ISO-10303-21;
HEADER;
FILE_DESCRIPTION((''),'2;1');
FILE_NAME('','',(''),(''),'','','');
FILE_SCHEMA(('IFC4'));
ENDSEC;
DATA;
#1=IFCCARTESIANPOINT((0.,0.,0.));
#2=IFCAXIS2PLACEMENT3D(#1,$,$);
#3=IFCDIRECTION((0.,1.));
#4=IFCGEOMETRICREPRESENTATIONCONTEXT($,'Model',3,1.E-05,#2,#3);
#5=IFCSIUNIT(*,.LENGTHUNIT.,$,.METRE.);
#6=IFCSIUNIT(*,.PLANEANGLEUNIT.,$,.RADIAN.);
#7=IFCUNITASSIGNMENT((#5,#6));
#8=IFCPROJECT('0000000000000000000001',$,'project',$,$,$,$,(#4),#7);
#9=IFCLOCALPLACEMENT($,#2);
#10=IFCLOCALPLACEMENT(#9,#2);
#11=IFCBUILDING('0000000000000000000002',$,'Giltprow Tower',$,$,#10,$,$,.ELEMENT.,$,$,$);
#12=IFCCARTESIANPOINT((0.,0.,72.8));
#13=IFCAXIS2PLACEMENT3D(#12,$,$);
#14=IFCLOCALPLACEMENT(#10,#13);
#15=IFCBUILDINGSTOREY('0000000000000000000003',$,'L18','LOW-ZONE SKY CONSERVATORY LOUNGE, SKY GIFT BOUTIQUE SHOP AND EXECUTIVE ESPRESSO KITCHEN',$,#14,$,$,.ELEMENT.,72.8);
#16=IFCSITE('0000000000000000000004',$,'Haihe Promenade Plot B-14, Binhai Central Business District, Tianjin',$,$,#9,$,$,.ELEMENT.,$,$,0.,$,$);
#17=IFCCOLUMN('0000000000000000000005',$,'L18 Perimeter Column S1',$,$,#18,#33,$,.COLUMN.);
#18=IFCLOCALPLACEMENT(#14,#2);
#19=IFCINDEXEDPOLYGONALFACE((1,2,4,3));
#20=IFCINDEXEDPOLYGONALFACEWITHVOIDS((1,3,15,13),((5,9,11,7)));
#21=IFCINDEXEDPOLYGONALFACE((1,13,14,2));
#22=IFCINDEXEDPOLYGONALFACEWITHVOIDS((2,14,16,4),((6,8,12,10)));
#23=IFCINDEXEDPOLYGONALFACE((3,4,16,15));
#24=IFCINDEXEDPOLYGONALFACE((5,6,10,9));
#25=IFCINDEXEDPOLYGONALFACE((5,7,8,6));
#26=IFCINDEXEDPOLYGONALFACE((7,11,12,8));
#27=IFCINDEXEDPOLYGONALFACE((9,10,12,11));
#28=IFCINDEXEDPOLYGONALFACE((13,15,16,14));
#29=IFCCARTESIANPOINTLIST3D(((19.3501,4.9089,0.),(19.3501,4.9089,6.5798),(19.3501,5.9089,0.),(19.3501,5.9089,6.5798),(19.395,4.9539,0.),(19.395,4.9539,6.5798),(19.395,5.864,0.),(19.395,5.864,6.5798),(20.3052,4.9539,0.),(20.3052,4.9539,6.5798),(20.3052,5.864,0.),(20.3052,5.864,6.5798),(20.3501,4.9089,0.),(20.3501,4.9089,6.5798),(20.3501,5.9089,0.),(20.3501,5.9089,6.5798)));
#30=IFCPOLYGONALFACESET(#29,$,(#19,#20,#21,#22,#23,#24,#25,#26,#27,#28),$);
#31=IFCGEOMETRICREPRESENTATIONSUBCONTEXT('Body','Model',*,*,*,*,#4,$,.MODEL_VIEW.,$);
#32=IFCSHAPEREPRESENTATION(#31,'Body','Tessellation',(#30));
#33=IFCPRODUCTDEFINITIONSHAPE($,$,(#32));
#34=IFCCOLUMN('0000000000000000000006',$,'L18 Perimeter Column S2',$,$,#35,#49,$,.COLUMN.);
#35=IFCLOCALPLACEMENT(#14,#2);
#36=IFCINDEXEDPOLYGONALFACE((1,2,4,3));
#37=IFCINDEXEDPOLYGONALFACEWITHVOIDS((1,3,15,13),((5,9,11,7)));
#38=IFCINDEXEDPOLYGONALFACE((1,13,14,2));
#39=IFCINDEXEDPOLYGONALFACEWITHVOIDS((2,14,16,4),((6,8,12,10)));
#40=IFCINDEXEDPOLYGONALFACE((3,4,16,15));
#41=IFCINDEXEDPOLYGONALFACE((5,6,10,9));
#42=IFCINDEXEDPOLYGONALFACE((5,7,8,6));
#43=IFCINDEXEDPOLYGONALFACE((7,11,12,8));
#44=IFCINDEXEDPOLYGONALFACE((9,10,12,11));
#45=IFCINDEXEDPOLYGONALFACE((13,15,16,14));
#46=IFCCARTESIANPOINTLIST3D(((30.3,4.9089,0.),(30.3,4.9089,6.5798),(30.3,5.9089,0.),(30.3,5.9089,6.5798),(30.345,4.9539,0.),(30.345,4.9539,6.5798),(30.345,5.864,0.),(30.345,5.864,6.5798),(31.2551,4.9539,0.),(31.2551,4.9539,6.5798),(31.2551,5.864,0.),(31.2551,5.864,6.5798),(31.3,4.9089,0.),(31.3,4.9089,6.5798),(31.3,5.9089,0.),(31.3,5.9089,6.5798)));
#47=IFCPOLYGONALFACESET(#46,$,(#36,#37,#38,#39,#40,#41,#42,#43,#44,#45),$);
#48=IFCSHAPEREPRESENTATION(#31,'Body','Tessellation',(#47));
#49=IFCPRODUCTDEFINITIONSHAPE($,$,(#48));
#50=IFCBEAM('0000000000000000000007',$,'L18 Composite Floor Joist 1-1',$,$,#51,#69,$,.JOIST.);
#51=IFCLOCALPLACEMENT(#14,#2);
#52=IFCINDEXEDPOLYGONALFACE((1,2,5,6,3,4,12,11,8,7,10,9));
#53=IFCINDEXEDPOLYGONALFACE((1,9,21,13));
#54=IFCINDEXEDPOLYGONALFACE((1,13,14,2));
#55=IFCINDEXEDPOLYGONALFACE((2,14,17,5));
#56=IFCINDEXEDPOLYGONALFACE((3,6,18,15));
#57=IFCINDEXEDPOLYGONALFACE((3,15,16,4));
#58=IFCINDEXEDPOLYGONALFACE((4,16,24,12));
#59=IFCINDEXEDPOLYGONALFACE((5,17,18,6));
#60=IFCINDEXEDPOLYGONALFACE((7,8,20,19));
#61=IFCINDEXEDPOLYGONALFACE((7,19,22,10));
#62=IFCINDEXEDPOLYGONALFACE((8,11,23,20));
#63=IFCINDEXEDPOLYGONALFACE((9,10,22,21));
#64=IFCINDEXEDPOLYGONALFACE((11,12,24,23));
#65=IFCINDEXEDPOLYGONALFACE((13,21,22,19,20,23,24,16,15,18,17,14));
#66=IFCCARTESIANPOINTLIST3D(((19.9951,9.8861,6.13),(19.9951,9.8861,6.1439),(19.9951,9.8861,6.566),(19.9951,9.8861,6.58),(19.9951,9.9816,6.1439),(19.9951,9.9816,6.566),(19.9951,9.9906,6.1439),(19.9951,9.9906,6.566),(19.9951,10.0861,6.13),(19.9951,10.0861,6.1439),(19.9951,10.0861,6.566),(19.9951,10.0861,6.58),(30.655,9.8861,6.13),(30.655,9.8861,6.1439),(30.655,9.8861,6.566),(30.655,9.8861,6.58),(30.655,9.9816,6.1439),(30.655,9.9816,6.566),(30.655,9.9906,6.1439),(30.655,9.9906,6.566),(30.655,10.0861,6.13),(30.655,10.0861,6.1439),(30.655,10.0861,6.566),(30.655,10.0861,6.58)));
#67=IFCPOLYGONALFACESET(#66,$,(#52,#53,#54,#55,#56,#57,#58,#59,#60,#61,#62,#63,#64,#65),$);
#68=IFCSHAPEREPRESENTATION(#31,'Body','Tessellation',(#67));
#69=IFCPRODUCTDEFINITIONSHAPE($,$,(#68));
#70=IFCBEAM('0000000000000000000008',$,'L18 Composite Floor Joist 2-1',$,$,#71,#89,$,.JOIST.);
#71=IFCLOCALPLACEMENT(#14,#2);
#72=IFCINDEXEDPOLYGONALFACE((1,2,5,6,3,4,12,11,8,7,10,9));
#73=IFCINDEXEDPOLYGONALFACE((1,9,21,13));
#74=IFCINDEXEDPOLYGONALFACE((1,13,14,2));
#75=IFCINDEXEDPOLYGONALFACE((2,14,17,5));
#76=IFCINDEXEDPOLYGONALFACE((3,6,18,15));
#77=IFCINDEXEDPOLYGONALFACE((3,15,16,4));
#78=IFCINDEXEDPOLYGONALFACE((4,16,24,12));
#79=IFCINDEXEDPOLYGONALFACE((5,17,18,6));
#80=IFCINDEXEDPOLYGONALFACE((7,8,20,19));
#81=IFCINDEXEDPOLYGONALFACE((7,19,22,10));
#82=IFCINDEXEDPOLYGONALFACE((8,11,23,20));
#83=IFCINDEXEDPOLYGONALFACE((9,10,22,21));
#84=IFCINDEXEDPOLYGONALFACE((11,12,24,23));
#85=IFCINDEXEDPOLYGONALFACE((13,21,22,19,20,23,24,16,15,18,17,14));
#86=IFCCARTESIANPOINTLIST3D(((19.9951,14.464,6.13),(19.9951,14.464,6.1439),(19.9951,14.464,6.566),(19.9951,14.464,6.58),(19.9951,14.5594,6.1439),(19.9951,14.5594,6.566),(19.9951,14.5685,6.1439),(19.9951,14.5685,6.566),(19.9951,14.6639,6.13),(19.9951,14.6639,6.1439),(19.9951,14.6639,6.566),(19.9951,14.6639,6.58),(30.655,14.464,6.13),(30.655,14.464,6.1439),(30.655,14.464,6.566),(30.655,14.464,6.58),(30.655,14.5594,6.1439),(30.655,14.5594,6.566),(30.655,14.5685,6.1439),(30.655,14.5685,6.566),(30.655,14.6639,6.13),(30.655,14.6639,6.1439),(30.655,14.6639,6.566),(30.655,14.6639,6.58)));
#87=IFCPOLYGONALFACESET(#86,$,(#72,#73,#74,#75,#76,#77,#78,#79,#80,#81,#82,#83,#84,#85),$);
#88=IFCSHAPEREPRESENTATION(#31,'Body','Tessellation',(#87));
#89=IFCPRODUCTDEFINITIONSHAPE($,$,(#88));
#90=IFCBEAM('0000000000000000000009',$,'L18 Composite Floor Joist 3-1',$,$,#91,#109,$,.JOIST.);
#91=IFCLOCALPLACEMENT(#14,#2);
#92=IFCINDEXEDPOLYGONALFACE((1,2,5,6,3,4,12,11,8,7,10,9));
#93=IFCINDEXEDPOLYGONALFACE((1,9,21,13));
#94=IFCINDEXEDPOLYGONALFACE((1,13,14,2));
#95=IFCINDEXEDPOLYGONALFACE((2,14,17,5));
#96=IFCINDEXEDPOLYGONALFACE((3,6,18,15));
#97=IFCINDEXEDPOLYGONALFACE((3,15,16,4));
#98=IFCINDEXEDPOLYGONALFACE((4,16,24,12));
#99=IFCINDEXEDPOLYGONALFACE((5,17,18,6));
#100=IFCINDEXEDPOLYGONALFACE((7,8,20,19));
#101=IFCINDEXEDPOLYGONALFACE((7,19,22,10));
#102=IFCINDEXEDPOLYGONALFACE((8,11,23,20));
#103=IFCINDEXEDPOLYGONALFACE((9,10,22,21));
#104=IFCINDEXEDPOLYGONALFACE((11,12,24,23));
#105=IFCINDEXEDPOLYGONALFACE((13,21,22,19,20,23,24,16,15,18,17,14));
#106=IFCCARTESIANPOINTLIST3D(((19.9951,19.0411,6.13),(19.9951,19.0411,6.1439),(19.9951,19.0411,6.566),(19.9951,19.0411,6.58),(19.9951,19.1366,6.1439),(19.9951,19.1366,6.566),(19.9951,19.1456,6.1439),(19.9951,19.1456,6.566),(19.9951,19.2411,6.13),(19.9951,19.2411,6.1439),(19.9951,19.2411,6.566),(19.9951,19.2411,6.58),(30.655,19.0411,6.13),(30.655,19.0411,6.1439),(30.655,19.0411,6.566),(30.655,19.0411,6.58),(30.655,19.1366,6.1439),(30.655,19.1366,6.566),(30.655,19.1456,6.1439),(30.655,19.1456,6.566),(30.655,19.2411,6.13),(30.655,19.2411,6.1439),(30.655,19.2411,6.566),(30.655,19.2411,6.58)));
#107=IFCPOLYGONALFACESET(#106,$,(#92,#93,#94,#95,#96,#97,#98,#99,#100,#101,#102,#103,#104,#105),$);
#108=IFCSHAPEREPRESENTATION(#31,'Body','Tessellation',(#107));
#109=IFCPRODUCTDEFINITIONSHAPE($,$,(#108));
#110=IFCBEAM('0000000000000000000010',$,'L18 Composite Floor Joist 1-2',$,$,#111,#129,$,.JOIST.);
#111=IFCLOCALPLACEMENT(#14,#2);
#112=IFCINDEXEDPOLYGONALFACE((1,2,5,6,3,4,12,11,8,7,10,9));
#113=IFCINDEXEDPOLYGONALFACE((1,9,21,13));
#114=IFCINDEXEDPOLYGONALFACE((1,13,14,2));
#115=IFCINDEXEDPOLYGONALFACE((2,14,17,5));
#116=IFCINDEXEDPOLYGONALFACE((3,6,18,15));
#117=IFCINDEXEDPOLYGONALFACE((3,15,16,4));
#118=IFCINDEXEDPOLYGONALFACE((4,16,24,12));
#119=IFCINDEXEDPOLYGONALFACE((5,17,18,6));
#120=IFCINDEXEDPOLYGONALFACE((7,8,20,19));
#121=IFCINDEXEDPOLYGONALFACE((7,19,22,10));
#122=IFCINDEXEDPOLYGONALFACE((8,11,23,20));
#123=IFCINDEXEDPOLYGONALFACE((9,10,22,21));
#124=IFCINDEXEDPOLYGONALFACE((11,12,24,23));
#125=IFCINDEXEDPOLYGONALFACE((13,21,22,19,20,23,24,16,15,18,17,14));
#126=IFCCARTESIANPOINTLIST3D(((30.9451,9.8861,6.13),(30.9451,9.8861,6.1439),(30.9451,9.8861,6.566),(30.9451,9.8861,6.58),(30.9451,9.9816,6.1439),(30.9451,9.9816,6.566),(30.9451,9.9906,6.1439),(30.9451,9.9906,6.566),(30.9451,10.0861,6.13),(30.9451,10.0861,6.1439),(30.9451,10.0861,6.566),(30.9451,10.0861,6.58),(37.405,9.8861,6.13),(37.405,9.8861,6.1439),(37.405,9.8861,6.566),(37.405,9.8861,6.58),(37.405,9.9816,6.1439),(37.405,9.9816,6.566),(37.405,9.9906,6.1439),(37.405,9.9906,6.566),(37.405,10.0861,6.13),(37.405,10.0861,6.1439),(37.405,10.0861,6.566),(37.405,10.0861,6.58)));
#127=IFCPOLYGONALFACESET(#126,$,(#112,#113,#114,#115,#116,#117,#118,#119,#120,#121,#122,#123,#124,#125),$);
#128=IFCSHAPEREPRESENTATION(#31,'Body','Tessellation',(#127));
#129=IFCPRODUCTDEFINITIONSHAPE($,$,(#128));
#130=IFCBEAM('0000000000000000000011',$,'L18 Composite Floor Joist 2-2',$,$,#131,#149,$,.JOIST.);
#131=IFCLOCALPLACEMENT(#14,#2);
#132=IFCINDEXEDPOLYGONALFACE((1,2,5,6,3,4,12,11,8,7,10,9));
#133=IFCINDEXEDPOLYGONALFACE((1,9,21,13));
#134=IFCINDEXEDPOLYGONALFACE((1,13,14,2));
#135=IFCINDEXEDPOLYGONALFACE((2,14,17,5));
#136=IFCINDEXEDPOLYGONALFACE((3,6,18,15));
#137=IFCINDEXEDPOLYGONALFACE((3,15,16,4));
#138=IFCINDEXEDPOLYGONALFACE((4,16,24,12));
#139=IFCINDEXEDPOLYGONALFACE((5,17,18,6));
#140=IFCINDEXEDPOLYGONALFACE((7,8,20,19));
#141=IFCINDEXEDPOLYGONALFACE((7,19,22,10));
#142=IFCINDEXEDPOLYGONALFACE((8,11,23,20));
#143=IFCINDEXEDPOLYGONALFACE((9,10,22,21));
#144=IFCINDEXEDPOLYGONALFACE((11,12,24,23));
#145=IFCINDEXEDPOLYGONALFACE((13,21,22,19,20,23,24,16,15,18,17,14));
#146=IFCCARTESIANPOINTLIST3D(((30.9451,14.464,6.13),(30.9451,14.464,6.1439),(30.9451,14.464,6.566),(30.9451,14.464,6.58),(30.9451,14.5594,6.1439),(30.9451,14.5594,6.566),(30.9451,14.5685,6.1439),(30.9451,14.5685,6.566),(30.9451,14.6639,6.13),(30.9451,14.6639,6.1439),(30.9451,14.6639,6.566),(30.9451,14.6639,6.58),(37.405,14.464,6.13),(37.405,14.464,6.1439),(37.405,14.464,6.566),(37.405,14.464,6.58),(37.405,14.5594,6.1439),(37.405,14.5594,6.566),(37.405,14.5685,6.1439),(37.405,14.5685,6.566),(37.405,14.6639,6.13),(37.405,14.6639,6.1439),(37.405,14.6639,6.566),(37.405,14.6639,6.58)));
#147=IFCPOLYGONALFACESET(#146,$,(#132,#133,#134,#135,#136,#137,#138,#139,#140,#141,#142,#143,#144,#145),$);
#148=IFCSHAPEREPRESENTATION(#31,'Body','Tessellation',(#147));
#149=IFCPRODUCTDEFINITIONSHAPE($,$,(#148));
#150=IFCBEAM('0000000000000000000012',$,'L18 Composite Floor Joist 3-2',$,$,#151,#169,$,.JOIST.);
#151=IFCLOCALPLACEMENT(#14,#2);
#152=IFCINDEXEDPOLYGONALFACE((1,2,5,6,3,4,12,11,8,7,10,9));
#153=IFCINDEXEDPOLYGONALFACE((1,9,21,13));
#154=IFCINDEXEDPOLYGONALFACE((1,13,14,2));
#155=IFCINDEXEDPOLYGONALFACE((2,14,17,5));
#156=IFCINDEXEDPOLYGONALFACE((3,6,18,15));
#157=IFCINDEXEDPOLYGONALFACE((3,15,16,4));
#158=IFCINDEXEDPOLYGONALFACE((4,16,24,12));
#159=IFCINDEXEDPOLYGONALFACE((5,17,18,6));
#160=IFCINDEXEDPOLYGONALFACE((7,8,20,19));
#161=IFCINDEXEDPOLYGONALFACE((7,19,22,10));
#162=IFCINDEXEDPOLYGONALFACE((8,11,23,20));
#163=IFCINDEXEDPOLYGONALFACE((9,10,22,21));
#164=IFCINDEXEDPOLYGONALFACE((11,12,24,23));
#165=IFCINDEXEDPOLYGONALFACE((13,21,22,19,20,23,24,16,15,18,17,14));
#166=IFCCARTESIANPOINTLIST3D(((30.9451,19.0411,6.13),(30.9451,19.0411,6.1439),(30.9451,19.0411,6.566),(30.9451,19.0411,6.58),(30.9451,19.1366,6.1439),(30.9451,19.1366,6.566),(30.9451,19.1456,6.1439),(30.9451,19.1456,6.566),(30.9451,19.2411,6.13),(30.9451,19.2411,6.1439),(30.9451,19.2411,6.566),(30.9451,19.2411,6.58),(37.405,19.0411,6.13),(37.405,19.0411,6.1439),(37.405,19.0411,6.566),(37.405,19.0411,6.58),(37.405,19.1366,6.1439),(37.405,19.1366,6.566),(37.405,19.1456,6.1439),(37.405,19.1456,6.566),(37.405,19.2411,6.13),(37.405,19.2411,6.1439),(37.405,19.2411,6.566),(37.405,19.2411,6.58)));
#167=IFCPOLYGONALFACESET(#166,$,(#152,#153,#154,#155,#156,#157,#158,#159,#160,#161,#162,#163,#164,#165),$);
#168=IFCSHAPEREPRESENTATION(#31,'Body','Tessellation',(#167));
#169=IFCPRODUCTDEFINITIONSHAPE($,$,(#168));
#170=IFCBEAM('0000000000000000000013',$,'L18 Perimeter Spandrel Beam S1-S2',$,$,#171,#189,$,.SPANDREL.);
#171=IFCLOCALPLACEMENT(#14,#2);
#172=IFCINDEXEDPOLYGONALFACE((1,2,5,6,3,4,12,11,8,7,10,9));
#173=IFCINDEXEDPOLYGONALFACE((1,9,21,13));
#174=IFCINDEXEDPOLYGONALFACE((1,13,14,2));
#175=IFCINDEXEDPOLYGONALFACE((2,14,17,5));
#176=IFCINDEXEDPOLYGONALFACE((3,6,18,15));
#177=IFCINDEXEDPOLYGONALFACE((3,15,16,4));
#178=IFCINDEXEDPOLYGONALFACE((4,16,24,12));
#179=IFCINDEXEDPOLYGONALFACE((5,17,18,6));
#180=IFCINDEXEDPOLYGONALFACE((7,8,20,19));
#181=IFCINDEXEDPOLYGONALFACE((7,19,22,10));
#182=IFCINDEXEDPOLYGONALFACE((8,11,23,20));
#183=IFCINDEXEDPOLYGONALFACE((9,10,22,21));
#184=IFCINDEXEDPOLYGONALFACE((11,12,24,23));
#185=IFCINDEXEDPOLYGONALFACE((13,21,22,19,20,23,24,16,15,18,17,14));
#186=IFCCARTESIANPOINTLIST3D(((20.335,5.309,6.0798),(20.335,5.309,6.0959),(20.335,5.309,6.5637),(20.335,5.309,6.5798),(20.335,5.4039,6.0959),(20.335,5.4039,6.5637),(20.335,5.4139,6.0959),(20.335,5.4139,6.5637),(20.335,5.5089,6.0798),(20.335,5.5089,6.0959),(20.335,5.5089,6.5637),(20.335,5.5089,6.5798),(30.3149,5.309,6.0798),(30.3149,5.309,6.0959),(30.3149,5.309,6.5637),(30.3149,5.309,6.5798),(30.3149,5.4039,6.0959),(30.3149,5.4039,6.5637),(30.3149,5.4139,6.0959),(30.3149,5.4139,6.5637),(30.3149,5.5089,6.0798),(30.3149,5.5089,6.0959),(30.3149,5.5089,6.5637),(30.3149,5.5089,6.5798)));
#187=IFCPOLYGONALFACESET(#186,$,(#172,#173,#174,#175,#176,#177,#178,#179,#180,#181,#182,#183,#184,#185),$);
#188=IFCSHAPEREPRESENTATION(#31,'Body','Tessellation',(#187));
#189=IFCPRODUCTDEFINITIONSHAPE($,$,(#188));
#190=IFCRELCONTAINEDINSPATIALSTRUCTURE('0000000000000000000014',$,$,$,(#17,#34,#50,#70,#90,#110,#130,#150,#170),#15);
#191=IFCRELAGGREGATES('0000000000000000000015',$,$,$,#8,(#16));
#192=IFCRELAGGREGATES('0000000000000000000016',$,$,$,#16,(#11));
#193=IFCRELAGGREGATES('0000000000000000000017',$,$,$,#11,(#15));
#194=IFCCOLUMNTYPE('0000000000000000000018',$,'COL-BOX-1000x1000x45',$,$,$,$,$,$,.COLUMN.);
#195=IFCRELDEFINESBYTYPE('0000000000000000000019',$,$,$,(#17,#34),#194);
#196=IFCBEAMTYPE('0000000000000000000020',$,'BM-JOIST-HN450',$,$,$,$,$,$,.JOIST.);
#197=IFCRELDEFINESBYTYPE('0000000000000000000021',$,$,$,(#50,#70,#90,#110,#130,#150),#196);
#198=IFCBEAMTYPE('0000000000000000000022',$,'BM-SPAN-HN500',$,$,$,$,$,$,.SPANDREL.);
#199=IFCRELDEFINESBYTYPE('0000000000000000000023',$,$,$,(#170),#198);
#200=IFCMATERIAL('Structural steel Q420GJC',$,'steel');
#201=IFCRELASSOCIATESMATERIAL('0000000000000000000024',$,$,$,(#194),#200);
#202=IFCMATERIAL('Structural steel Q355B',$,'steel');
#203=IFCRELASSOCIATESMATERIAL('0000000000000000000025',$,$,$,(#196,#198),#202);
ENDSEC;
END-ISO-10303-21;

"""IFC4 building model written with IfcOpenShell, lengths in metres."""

from ifc_helpers import new_model, si_unit, direction, frame, origin, origin_2d, place, context, subcontext, project, spatial, hollow_rectangle, i_section, extrude, source, transform, mapped, material, material_profile, profile_set, type_object, element, save


model = new_model("IFC4")

# Units and contexts
model_context = context("Model", 3, precision=1e-05, world=origin(), true_north=direction((0.0, 1.0)))
body_context = subcontext(model_context, "Body", "Model", "MODEL_VIEW")
ifc_project = project(units=[si_unit("LENGTHUNIT", "METRE"), si_unit("PLANEANGLEUNIT", "RADIAN")], contexts=[model_context])

# Site, building, storey
site_placement = place(None, origin())
site = spatial("IfcSite", under=ifc_project, at=site_placement, Name="Haihe Promenade Plot B-14, Binhai Central Business District, Tianjin", CompositionType="ELEMENT", RefElevation=0.0)
building_placement = place(site_placement, origin())
building = spatial("IfcBuilding", under=site, at=building_placement, Name="Giltprow Tower", CompositionType="ELEMENT")
storey_placement = place(building_placement, frame((0.0, 0.0, 72.8)))
storey = spatial("IfcBuildingStorey", under=building, at=storey_placement, Name="L18", Description="LOW-ZONE SKY CONSERVATORY LOUNGE, SKY GIFT BOUTIQUE SHOP AND EXECUTIVE ESPRESSO KITCHEN", CompositionType="ELEMENT", Elevation=72.8)

# Columns
ifc_material_1 = material(Name="Structural steel Q420GJC", Category="steel")
ifc_material_profile_1 = material_profile(ifc_material_1, hollow_rectangle(XDim=1.0, YDim=1.0, WallThickness=0.0449, at=origin_2d()), Name="BOX 1000x1000x45")
ifc_profile_set_1 = profile_set([ifc_material_profile_1], Name="Structural steel Q420GJC")
column_type = type_object("IfcColumnType", Name="COL-BOX-1000x1000x45", PredefinedType="COLUMN", material=ifc_profile_set_1)
shared_shape_1 = source(origin(), body_context, "Body", "SweptSolid", [
    extrude(hollow_rectangle(XDim=1.0, YDim=1.0, WallThickness=0.0449, at=origin_2d()), origin(), (0.0, 0.0, 1.0), 6.5798),
])
for number, where, z_axis, x_axis, name in (
    (1, (19.8501, 5.4089, 0.0), (0.0, 0.0, 1.0), (1.0, 0.0, 0.0), "L18 Perimeter Column S1"),
    (2, (30.8, 5.4089, 0.0), (0.0, 0.0, 1.0), (1.0, 0.0, 0.0), "L18 Perimeter Column S2"),
):
    element("IfcColumn", number, at=place(storey_placement, frame(where, z_axis=z_axis, x_axis=x_axis)), inside=storey, type_object=column_type, Name=name, PredefinedType="COLUMN", context=body_context, shape_type="MappedRepresentation", body=[
        mapped(shared_shape_1, transform((0.0, 0.0, 0.0), x_axis=(1.0, 0.0, 0.0), y_axis=(0.0, 1.0, 0.0), z_axis=(0.0, 0.0, 1.0), scale=1.0)),
    ])

# Beams
ifc_material_2 = material(Name="Structural steel Q355B", Category="steel")
ifc_material_profile_2 = material_profile(ifc_material_2, i_section(OverallWidth=0.2, OverallDepth=0.45, WebThickness=0.009, FlangeThickness=0.0139, at=origin_2d()), Name="HN 450x200x9x14")
ifc_profile_set_2 = profile_set([ifc_material_profile_2], Name="Structural steel Q355B")
beam_type_1 = type_object("IfcBeamType", Name="BM-JOIST-HN450", PredefinedType="JOIST", material=ifc_profile_set_2)
shared_shape_2 = source(origin(), body_context, "Body", "SweptSolid", [
    extrude(i_section(OverallWidth=0.2, OverallDepth=0.45, WebThickness=0.009, FlangeThickness=0.0139, at=origin_2d()), origin(), (0.0, 0.0, 1.0), 10.6599),
])
for number, where, z_axis, x_axis, name in (
    (3, (19.9951, 9.9861, 6.355), (1.0, 0.0, 0.0), (0.0, 1.0, 0.0), "L18 Composite Floor Joist 1-1"),
    (4, (19.9951, 14.564, 6.355), (1.0, 0.0, 0.0), (0.0, 1.0, 0.0), "L18 Composite Floor Joist 2-1"),
    (5, (19.9951, 19.1411, 6.355), (1.0, 0.0, 0.0), (0.0, 1.0, 0.0), "L18 Composite Floor Joist 3-1"),
):
    element("IfcBeam", number, at=place(storey_placement, frame(where, z_axis=z_axis, x_axis=x_axis)), inside=storey, type_object=beam_type_1, Name=name, PredefinedType="JOIST", context=body_context, shape_type="MappedRepresentation", body=[
        mapped(shared_shape_2, transform((0.0, 0.0, 0.0), x_axis=(1.0, 0.0, 0.0), y_axis=(0.0, 1.0, 0.0), z_axis=(0.0, 0.0, 1.0), scale=1.0)),
    ])
shared_shape_3 = source(origin(), body_context, "Body", "SweptSolid", [
    extrude(i_section(OverallWidth=0.2, OverallDepth=0.45, WebThickness=0.009, FlangeThickness=0.0139, at=origin_2d()), origin(), (0.0, 0.0, 1.0), 6.46),
])
for number, where, z_axis, x_axis, name in (
    (6, (30.9451, 9.9861, 6.355), (1.0, 0.0, 0.0), (0.0, 1.0, 0.0), "L18 Composite Floor Joist 1-2"),
    (7, (30.9451, 14.564, 6.355), (1.0, 0.0, 0.0), (0.0, 1.0, 0.0), "L18 Composite Floor Joist 2-2"),
    (8, (30.9451, 19.1411, 6.355), (1.0, 0.0, 0.0), (0.0, 1.0, 0.0), "L18 Composite Floor Joist 3-2"),
):
    element("IfcBeam", number, at=place(storey_placement, frame(where, z_axis=z_axis, x_axis=x_axis)), inside=storey, type_object=beam_type_1, Name=name, PredefinedType="JOIST", context=body_context, shape_type="MappedRepresentation", body=[
        mapped(shared_shape_3, transform((0.0, 0.0, 0.0), x_axis=(1.0, 0.0, 0.0), y_axis=(0.0, 1.0, 0.0), z_axis=(0.0, 0.0, 1.0), scale=1.0)),
    ])
ifc_material_profile_3 = material_profile(ifc_material_2, i_section(OverallWidth=0.2, OverallDepth=0.5, WebThickness=0.01, FlangeThickness=0.0161, at=origin_2d()), Name="HN 500x200x10x16")
ifc_profile_set_3 = profile_set([ifc_material_profile_3], Name="Structural steel Q355B")
beam_type_2 = type_object("IfcBeamType", Name="BM-SPAN-HN500", PredefinedType="SPANDREL", material=ifc_profile_set_3)
shared_shape_4 = source(origin(), body_context, "Body", "SweptSolid", [
    extrude(i_section(OverallWidth=0.2, OverallDepth=0.5, WebThickness=0.01, FlangeThickness=0.0161, at=origin_2d()), origin(), (0.0, 0.0, 1.0), 9.98),
])
beam_placement = place(storey_placement, frame((20.335, 5.4089, 6.3298), z_axis=(1.0, 0.0, 0.0), x_axis=(0.0, 1.0, 0.0)))
element("IfcBeam", 9, at=beam_placement, inside=storey, type_object=beam_type_2, Name="L18 Perimeter Spandrel Beam S1-S2", PredefinedType="SPANDREL", context=body_context, shape_type="MappedRepresentation", body=[
    mapped(shared_shape_4, transform((0.0, 0.0, 0.0), x_axis=(1.0, 0.0, 0.0), y_axis=(0.0, 1.0, 0.0), z_axis=(0.0, 0.0, 1.0), scale=1.0)),
])

save(model, "model.ifc")
